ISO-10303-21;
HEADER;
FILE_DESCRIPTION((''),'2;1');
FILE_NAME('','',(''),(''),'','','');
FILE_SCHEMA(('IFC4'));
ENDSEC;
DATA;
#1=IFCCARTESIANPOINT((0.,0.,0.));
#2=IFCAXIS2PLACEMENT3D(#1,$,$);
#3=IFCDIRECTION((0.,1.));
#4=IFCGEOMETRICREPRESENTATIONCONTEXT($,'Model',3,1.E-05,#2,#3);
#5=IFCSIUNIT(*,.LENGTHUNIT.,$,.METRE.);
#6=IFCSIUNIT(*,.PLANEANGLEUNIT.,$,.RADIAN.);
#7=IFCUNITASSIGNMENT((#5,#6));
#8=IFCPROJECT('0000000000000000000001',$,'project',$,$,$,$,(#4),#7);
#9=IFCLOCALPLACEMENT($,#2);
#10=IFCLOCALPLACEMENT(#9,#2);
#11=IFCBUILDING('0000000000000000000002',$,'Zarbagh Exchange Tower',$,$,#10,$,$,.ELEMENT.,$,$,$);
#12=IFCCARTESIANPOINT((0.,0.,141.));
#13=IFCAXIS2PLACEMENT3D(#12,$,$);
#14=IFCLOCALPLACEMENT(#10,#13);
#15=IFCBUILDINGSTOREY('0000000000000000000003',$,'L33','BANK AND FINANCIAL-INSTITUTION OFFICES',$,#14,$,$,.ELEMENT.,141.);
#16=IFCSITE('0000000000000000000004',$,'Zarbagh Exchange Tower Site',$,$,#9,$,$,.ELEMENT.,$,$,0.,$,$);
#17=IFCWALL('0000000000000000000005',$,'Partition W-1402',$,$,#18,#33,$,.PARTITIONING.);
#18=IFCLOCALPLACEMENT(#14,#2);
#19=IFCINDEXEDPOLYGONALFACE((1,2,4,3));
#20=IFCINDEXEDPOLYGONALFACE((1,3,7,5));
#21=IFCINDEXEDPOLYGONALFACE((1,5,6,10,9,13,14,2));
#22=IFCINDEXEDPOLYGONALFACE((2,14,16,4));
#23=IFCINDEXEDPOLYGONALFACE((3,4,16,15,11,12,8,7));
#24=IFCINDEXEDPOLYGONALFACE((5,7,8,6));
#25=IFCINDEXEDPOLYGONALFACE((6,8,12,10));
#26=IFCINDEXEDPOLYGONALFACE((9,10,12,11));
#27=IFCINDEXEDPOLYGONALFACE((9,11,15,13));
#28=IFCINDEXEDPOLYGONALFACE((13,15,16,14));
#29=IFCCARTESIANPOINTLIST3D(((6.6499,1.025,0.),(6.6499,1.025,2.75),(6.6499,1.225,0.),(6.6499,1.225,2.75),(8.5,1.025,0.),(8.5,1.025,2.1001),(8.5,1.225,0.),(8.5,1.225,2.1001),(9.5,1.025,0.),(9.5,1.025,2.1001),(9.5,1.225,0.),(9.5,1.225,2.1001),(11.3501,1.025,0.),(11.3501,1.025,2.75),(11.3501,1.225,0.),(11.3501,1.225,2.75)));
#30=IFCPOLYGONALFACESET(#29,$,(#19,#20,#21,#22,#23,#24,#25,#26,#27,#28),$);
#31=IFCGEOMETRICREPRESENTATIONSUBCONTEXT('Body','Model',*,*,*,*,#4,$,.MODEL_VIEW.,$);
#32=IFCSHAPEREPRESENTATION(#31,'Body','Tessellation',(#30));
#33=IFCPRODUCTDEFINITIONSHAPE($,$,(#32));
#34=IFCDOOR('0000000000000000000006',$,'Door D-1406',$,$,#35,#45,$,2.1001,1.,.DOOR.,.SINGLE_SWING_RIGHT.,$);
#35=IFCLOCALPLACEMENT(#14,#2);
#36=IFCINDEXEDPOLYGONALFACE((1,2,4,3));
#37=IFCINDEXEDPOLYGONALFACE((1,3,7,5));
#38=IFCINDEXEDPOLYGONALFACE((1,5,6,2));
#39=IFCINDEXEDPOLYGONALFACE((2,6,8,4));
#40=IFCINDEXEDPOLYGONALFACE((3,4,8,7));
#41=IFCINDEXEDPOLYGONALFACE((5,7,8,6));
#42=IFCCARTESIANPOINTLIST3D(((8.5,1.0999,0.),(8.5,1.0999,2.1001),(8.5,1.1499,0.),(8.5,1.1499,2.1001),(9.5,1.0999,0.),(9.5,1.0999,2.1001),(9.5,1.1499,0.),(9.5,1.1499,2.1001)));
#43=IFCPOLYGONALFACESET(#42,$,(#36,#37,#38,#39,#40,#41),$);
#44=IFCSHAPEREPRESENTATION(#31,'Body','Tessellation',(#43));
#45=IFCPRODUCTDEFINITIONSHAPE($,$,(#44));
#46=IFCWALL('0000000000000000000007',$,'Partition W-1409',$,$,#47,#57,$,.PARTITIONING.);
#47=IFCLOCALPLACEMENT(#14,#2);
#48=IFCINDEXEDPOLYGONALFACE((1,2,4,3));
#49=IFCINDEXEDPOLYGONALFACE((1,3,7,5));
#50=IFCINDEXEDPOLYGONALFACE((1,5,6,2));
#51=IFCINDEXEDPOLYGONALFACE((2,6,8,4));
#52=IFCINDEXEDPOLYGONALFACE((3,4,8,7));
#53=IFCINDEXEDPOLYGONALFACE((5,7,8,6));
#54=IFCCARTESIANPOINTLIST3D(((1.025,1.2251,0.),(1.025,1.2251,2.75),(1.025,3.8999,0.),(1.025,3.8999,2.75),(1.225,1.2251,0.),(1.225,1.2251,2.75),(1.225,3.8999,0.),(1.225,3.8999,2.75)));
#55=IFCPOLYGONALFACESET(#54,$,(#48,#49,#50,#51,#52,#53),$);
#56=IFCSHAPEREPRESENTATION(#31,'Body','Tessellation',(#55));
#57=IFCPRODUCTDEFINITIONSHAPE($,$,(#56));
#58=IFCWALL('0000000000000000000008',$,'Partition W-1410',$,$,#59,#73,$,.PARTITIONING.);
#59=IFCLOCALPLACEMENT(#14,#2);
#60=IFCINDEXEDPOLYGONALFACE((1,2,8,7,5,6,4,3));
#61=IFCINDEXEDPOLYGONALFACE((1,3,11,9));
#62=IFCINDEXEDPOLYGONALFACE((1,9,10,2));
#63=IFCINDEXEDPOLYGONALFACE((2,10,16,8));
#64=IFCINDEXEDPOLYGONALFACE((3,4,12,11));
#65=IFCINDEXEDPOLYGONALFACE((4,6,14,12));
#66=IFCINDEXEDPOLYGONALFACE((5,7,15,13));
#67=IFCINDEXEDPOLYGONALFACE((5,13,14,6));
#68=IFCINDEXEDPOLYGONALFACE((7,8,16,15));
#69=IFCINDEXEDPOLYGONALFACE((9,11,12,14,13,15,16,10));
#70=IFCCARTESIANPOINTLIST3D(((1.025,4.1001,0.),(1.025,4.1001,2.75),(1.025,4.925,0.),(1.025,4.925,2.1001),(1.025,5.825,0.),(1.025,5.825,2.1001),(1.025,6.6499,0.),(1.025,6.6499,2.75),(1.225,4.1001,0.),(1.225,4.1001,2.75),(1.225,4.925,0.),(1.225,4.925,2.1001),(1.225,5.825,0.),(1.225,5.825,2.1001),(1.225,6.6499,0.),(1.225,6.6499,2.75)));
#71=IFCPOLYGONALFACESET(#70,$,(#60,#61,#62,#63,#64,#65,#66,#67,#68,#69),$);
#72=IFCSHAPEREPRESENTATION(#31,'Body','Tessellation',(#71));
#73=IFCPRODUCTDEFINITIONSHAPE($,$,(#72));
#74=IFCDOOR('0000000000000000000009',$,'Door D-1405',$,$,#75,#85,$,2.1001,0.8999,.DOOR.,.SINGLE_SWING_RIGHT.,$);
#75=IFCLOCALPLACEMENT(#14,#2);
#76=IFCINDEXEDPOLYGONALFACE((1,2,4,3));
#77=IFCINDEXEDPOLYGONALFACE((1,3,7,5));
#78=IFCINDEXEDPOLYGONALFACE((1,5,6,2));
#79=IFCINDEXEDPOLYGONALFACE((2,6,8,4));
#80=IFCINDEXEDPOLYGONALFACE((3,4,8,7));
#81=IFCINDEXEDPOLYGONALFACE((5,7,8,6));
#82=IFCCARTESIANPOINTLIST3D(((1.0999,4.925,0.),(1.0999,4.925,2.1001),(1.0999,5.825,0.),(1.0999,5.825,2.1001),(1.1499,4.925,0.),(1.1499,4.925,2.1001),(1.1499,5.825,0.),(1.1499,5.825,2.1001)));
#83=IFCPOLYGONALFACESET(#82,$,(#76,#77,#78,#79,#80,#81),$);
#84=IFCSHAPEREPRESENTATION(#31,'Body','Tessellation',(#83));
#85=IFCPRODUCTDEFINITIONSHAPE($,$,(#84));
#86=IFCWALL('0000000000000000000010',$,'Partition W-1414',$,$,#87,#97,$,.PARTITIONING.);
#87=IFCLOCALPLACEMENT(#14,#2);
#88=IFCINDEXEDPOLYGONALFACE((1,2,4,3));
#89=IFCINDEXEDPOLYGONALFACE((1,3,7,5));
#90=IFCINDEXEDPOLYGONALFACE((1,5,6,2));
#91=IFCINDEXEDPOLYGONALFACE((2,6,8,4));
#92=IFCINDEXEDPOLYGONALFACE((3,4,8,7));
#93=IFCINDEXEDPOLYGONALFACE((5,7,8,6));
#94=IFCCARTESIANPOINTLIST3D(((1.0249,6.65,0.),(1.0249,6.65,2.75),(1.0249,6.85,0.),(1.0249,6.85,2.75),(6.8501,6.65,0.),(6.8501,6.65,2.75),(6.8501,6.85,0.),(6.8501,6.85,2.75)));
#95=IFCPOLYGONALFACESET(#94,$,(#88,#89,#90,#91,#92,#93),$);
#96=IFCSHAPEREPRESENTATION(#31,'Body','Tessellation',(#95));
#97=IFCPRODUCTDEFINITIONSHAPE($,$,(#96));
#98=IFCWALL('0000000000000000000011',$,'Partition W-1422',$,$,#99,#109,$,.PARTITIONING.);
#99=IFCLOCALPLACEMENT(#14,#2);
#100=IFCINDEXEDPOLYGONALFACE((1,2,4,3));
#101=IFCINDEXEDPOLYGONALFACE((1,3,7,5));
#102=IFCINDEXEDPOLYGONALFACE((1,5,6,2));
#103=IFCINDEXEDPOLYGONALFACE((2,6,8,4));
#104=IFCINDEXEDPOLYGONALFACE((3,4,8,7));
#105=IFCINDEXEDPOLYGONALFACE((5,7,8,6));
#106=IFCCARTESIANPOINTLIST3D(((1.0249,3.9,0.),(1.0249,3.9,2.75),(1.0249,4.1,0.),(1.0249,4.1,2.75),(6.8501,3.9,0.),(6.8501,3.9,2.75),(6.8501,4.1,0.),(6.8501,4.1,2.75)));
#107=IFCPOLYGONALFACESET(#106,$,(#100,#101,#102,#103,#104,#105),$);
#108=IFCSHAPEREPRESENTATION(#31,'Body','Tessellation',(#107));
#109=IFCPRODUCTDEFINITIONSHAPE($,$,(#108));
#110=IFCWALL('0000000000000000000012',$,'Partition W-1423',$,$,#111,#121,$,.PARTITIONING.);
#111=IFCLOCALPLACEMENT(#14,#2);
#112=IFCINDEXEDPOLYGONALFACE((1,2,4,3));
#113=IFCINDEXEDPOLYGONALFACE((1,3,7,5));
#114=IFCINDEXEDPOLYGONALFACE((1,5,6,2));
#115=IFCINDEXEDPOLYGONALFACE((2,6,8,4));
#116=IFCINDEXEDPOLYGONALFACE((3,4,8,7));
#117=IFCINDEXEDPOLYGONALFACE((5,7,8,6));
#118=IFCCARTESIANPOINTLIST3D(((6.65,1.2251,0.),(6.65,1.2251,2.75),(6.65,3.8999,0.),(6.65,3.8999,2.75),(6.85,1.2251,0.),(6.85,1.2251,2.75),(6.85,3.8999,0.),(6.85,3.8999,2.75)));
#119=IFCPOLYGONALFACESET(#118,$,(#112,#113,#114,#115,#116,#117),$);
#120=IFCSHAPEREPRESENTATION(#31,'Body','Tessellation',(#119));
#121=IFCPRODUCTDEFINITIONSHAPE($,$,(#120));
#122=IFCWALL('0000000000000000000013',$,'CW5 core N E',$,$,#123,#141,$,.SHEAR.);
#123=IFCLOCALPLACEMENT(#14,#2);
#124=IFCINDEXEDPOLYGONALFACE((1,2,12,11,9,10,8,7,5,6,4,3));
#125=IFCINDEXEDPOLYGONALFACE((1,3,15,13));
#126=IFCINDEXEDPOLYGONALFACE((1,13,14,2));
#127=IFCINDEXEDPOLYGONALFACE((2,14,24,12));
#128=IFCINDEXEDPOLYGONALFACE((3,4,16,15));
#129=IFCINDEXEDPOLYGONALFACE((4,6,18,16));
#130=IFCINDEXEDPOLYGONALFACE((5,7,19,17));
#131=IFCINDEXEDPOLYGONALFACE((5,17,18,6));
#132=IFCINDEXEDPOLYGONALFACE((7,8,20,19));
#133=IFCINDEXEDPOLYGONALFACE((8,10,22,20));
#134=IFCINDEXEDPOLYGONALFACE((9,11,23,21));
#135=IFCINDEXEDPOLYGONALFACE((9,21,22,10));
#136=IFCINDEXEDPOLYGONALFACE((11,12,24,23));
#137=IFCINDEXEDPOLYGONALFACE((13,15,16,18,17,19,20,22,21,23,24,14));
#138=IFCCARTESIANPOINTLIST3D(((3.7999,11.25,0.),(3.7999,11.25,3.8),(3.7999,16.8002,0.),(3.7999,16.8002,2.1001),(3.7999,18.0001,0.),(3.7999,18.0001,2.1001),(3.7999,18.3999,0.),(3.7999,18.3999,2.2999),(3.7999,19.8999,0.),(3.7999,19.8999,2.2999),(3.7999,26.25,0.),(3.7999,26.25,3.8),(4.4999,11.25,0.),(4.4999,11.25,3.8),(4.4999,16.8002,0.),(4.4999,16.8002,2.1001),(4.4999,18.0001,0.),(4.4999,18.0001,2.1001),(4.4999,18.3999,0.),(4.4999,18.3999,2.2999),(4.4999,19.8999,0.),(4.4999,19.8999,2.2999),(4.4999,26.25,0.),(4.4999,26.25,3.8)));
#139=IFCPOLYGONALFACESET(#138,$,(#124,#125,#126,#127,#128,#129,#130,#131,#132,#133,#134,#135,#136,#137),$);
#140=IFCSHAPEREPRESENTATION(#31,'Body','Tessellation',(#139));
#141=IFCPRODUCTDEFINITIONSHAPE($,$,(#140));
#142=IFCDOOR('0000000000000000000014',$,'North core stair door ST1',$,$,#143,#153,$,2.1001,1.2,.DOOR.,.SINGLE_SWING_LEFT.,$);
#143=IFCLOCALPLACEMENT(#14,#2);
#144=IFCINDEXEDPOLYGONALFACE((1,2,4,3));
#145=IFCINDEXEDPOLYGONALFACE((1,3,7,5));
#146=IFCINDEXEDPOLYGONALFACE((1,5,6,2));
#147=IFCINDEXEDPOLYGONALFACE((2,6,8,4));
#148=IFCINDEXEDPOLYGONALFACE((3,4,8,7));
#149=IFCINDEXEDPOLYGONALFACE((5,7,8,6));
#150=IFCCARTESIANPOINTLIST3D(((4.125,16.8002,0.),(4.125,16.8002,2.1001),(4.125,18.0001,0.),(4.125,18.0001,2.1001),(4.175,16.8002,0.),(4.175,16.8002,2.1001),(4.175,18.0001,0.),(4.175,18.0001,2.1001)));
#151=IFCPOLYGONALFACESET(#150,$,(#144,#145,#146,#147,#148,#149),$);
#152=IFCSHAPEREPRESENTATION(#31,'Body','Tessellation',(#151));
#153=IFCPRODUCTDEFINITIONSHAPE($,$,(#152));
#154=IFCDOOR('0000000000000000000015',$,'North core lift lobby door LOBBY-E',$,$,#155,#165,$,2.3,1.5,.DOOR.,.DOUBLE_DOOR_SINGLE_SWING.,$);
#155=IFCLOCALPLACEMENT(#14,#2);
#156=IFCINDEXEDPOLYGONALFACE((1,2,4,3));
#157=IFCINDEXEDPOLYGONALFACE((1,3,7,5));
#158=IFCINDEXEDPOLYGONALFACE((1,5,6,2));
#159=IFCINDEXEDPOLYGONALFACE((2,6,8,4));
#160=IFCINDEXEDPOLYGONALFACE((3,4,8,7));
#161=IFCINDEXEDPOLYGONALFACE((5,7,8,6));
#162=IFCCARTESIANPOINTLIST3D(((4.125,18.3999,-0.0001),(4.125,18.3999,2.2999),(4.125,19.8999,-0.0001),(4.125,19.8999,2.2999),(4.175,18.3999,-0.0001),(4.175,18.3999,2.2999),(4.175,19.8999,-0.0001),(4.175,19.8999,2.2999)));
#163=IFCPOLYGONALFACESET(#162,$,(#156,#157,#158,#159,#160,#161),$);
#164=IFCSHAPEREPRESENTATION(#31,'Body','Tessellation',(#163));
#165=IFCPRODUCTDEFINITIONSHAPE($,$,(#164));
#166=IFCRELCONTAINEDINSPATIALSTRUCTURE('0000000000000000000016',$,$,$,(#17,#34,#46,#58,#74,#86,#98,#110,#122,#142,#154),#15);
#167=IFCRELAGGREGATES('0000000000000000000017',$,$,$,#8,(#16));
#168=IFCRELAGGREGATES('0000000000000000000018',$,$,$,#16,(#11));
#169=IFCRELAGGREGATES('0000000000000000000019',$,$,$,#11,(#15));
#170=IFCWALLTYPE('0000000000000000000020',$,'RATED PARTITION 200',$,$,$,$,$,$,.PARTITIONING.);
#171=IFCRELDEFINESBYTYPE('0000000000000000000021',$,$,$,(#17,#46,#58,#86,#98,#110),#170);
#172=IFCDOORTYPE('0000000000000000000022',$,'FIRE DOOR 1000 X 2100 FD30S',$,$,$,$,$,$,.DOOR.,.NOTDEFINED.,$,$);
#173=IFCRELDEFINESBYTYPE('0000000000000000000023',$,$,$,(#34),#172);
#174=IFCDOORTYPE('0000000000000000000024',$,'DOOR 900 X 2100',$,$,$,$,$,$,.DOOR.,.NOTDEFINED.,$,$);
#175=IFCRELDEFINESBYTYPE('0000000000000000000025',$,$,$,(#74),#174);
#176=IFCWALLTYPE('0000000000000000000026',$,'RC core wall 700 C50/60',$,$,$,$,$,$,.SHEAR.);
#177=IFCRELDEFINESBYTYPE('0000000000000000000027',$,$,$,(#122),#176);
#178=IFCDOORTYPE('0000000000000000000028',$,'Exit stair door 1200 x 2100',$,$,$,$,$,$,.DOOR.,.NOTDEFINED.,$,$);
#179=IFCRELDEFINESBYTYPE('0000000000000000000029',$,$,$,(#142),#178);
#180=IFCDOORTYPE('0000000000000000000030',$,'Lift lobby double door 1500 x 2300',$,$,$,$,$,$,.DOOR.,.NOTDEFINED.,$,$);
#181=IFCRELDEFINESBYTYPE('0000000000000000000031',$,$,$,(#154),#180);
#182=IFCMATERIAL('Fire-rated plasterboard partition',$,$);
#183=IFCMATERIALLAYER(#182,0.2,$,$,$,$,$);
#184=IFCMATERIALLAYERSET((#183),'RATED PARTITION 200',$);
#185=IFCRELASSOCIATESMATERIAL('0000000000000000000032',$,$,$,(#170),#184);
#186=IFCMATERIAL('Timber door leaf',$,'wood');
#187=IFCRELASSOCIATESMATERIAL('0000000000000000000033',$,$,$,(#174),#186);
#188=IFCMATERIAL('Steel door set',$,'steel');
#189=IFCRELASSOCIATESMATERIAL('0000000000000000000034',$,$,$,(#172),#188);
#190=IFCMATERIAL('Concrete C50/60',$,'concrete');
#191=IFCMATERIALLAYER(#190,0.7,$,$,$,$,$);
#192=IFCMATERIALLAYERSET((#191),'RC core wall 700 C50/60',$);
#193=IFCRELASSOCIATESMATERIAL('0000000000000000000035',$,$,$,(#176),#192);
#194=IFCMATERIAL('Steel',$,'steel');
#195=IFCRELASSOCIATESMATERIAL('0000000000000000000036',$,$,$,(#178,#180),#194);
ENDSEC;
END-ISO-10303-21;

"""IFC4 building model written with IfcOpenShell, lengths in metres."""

from ifc_helpers import new_model, si_unit, direction, frame, frame_2d, origin, place, context, subcontext, project, spatial, rectangle, extrude, material, layer, layer_set, type_object, element, fill, save


model = new_model("IFC4")

# Units and contexts
model_context = context("Model", 3, precision=1e-05, world=origin(), true_north=direction((0.0, 1.0)))
body_context = subcontext(model_context, "Body", "Model", "MODEL_VIEW")
ifc_project = project(units=[si_unit("LENGTHUNIT", "METRE"), si_unit("PLANEANGLEUNIT", "RADIAN")], contexts=[model_context])

# Site, building, storey
site_placement = place(None, origin())
site = spatial("IfcSite", under=ifc_project, at=site_placement, Name="Zarbagh Exchange Tower Site", CompositionType="ELEMENT", RefElevation=0.0)
building_placement = place(site_placement, origin())
building = spatial("IfcBuilding", under=site, at=building_placement, Name="Zarbagh Exchange Tower", CompositionType="ELEMENT")
storey_placement = place(building_placement, frame((0.0, 0.0, 141.0)))
storey = spatial("IfcBuildingStorey", under=building, at=storey_placement, Name="L33", Description="BANK AND FINANCIAL-INSTITUTION OFFICES", CompositionType="ELEMENT", Elevation=141.0)

# Shared definitions
ifc_material_1 = material(Name="Concrete C50/60", Category="concrete")

# Wall, opening, door
ifc_material_2 = material(Name="Fire-rated plasterboard partition")
ifc_layer_1 = layer(ifc_material_2, 0.2)
ifc_layer_set_1 = layer_set([ifc_layer_1], Name="RATED PARTITION 200")
wall_type_1 = type_object("IfcWallType", Name="RATED PARTITION 200", PredefinedType="PARTITIONING", material=ifc_layer_set_1)
ifc_material_3 = material(Name="Timber door leaf", Category="wood")
door_type_1 = type_object("IfcDoorType", Name="DOOR 900 X 2100", OperationType="NOTDEFINED", PredefinedType="DOOR", material=ifc_material_3)
wall_1_placement = place(storey_placement, frame((6.6499, 1.125, 0.0), z_axis=(0.0, 0.0, 1.0), x_axis=(1.0, 0.0, 0.0)))
wall_1 = element("IfcWall", 1, at=wall_1_placement, inside=storey, type_object=wall_type_1, Name="Partition W-1402", PredefinedType="PARTITIONING", context=body_context, shape_type="SweptSolid", body=[
    extrude(rectangle(XDim=4.7002, YDim=0.2, at=frame_2d((2.3501, 0.0))), origin(), (0.0, 0.0, 1.0), 2.75),
])
opening_1_placement = place(wall_1_placement, frame((1.8501, 0.0, 0.0)))
opening_1 = element("IfcOpeningElement", 2, at=opening_1_placement, cuts=wall_1, PredefinedType="OPENING", context=body_context, shape_type="SweptSolid", body=[
    extrude(rectangle(XDim=1.0, YDim=2.1001, at=frame_2d((0.5, 1.05))), frame((0.0, 0.1099, 0.0), z_axis=(0.0, -1.0, 0.0), x_axis=(1.0, 0.0, 0.0)), (0.0, 0.0, 1.0), 0.22),
])
ifc_material_4 = material(Name="Steel door set", Category="steel")
door_type_2 = type_object("IfcDoorType", Name="FIRE DOOR 1000 X 2100 FD30S", OperationType="NOTDEFINED", PredefinedType="DOOR", material=ifc_material_4)
door_1_placement = place(opening_1_placement, origin())
door_1 = element("IfcDoor", 3, at=door_1_placement, inside=storey, type_object=door_type_2, Name="Door D-1406", OperationType="SINGLE_SWING_RIGHT", OverallHeight=2.1001, OverallWidth=1.0, PredefinedType="DOOR", context=body_context, shape_type="SweptSolid", body=[
    extrude(rectangle(XDim=1.0, YDim=2.1001, at=frame_2d((0.5, 1.05))), frame((0.0, 0.0249, 0.0), z_axis=(0.0, -1.0, 0.0), x_axis=(1.0, 0.0, 0.0)), (0.0, 0.0, 1.0), 0.05),
])
fill(opening_1, door_1)

# Wall
wall_2_placement = place(storey_placement, frame((1.125, 1.2251, 0.0), z_axis=(0.0, 0.0, 1.0), x_axis=(0.0, 1.0, 0.0)))
element("IfcWall", 4, at=wall_2_placement, inside=storey, type_object=wall_type_1, Name="Partition W-1409", PredefinedType="PARTITIONING", context=body_context, shape_type="SweptSolid", body=[
    extrude(rectangle(XDim=2.6748, YDim=0.2, at=frame_2d((1.3374, 0.0))), origin(), (0.0, 0.0, 1.0), 2.75),
])

# Wall, opening, door
wall_3_placement = place(storey_placement, frame((1.125, 6.6499, 0.0), z_axis=(0.0, 0.0, 1.0), x_axis=(0.0, -1.0, 0.0)))
wall_3 = element("IfcWall", 5, at=wall_3_placement, inside=storey, type_object=wall_type_1, Name="Partition W-1410", PredefinedType="PARTITIONING", context=body_context, shape_type="SweptSolid", body=[
    extrude(rectangle(XDim=2.5498, YDim=0.2, at=frame_2d((1.2749, 0.0))), origin(), (0.0, 0.0, 1.0), 2.75),
])
opening_2_placement = place(wall_3_placement, frame((0.825, 0.0, 0.0)))
opening_2 = element("IfcOpeningElement", 6, at=opening_2_placement, cuts=wall_3, PredefinedType="OPENING", context=body_context, shape_type="SweptSolid", body=[
    extrude(rectangle(XDim=0.8999, YDim=2.1001, at=frame_2d((0.45, 1.05))), frame((0.0, 0.1099, 0.0), z_axis=(0.0, -1.0, 0.0), x_axis=(1.0, 0.0, 0.0)), (0.0, 0.0, 1.0), 0.22),
])
door_2_placement = place(opening_2_placement, origin())
door_2 = element("IfcDoor", 7, at=door_2_placement, inside=storey, type_object=door_type_1, Name="Door D-1405", OperationType="SINGLE_SWING_RIGHT", OverallHeight=2.1001, OverallWidth=0.8999, PredefinedType="DOOR", context=body_context, shape_type="SweptSolid", body=[
    extrude(rectangle(XDim=0.8999, YDim=2.1001, at=frame_2d((0.45, 1.05))), frame((0.0, 0.0249, 0.0), z_axis=(0.0, -1.0, 0.0), x_axis=(1.0, 0.0, 0.0)), (0.0, 0.0, 1.0), 0.05),
])
fill(opening_2, door_2)

# Walls
for number, where, z_axis, x_axis, name in (
    (8, (1.0249, 6.75, 0.0), (0.0, 0.0, 1.0), (1.0, 0.0, 0.0), "Partition W-1414"),
    (9, (1.0249, 4.0, 0.0), (0.0, 0.0, 1.0), (1.0, 0.0, 0.0), "Partition W-1422"),
):
    element("IfcWall", number, at=place(storey_placement, frame(where, z_axis=z_axis, x_axis=x_axis)), inside=storey, type_object=wall_type_1, Name=name, PredefinedType="PARTITIONING", context=body_context, shape_type="SweptSolid", body=[
        extrude(rectangle(XDim=5.8252, YDim=0.2, at=frame_2d((2.9126, 0.0))), origin(), (0.0, 0.0, 1.0), 2.75),
    ])
wall_4_placement = place(storey_placement, frame((6.75, 1.2251, 0.0), z_axis=(0.0, 0.0, 1.0), x_axis=(0.0, 1.0, 0.0)))
element("IfcWall", 10, at=wall_4_placement, inside=storey, type_object=wall_type_1, Name="Partition W-1423", PredefinedType="PARTITIONING", context=body_context, shape_type="SweptSolid", body=[
    extrude(rectangle(XDim=2.6748, YDim=0.2, at=frame_2d((1.3374, 0.0))), origin(), (0.0, 0.0, 1.0), 2.75),
])

# Wall, openings, doors
ifc_layer_2 = layer(ifc_material_1, 0.7)
ifc_layer_set_2 = layer_set([ifc_layer_2], Name="RC core wall 700 C50/60")
wall_type_2 = type_object("IfcWallType", Name="RC core wall 700 C50/60", PredefinedType="SHEAR", material=ifc_layer_set_2)
wall_5_placement = place(storey_placement, frame((4.1499, 11.25, 0.0), z_axis=(0.0, 0.0, 1.0), x_axis=(0.0, 1.0, 0.0)))
wall_5 = element("IfcWall", 11, at=wall_5_placement, inside=storey, type_object=wall_type_2, Name="CW5 core N E", PredefinedType="SHEAR", context=body_context, shape_type="SweptSolid", body=[
    extrude(rectangle(XDim=15.0, YDim=0.7, at=frame_2d((7.5, 0.0))), origin(), (0.0, 0.0, 1.0), 3.8),
])
opening_3_placement = place(wall_5_placement, frame((7.1499, 0.0, 0.0)))
opening_3 = element("IfcOpeningElement", 12, at=opening_3_placement, cuts=wall_5, PredefinedType="OPENING", context=body_context, shape_type="SweptSolid", body=[
    extrude(rectangle(XDim=1.5, YDim=2.3, at=frame_2d((0.75, 1.1499))), frame((0.0, 0.3599, 0.0), z_axis=(0.0, -1.0, 0.0), x_axis=(1.0, 0.0, 0.0)), (0.0, 0.0, 1.0), 0.72),
])
opening_4_placement = place(wall_5_placement, frame((5.55, 0.0, 0.0)))
opening_4 = element("IfcOpeningElement", 13, at=opening_4_placement, cuts=wall_5, PredefinedType="OPENING", context=body_context, shape_type="SweptSolid", body=[
    extrude(rectangle(XDim=1.2, YDim=2.1001, at=frame_2d((0.6001, 1.05))), frame((0.0, 0.3599, 0.0), z_axis=(0.0, -1.0, 0.0), x_axis=(1.0, 0.0, 0.0)), (0.0, 0.0, 1.0), 0.72),
])
ifc_material_5 = material(Name="Steel", Category="steel")
door_type_3 = type_object("IfcDoorType", Name="Exit stair door 1200 x 2100", OperationType="NOTDEFINED", PredefinedType="DOOR", material=ifc_material_5)
door_3_placement = place(opening_4_placement, origin())
door_3 = element("IfcDoor", 14, at=door_3_placement, inside=storey, type_object=door_type_3, Name="North core stair door ST1", OperationType="SINGLE_SWING_LEFT", OverallHeight=2.1001, OverallWidth=1.2, PredefinedType="DOOR", context=body_context, shape_type="SweptSolid", body=[
    extrude(rectangle(XDim=1.2, YDim=2.1001, at=frame_2d((0.6001, 1.05))), frame((0.0, 0.0249, 0.0), z_axis=(0.0, -1.0, 0.0), x_axis=(1.0, 0.0, 0.0)), (0.0, 0.0, 1.0), 0.05),
])
fill(opening_4, door_3)
door_type_4 = type_object("IfcDoorType", Name="Lift lobby double door 1500 x 2300", OperationType="NOTDEFINED", PredefinedType="DOOR", material=ifc_material_5)
door_4_placement = place(opening_3_placement, origin())
door_4 = element("IfcDoor", 15, at=door_4_placement, inside=storey, type_object=door_type_4, Name="North core lift lobby door LOBBY-E", OperationType="DOUBLE_DOOR_SINGLE_SWING", OverallHeight=2.3, OverallWidth=1.5, PredefinedType="DOOR", context=body_context, shape_type="SweptSolid", body=[
    extrude(rectangle(XDim=1.5, YDim=2.3, at=frame_2d((0.75, 1.1499))), frame((0.0, 0.0249, 0.0), z_axis=(0.0, -1.0, 0.0), x_axis=(1.0, 0.0, 0.0)), (0.0, 0.0, 1.0), 0.05),
])
fill(opening_3, door_4)

save(model, "model.ifc")
